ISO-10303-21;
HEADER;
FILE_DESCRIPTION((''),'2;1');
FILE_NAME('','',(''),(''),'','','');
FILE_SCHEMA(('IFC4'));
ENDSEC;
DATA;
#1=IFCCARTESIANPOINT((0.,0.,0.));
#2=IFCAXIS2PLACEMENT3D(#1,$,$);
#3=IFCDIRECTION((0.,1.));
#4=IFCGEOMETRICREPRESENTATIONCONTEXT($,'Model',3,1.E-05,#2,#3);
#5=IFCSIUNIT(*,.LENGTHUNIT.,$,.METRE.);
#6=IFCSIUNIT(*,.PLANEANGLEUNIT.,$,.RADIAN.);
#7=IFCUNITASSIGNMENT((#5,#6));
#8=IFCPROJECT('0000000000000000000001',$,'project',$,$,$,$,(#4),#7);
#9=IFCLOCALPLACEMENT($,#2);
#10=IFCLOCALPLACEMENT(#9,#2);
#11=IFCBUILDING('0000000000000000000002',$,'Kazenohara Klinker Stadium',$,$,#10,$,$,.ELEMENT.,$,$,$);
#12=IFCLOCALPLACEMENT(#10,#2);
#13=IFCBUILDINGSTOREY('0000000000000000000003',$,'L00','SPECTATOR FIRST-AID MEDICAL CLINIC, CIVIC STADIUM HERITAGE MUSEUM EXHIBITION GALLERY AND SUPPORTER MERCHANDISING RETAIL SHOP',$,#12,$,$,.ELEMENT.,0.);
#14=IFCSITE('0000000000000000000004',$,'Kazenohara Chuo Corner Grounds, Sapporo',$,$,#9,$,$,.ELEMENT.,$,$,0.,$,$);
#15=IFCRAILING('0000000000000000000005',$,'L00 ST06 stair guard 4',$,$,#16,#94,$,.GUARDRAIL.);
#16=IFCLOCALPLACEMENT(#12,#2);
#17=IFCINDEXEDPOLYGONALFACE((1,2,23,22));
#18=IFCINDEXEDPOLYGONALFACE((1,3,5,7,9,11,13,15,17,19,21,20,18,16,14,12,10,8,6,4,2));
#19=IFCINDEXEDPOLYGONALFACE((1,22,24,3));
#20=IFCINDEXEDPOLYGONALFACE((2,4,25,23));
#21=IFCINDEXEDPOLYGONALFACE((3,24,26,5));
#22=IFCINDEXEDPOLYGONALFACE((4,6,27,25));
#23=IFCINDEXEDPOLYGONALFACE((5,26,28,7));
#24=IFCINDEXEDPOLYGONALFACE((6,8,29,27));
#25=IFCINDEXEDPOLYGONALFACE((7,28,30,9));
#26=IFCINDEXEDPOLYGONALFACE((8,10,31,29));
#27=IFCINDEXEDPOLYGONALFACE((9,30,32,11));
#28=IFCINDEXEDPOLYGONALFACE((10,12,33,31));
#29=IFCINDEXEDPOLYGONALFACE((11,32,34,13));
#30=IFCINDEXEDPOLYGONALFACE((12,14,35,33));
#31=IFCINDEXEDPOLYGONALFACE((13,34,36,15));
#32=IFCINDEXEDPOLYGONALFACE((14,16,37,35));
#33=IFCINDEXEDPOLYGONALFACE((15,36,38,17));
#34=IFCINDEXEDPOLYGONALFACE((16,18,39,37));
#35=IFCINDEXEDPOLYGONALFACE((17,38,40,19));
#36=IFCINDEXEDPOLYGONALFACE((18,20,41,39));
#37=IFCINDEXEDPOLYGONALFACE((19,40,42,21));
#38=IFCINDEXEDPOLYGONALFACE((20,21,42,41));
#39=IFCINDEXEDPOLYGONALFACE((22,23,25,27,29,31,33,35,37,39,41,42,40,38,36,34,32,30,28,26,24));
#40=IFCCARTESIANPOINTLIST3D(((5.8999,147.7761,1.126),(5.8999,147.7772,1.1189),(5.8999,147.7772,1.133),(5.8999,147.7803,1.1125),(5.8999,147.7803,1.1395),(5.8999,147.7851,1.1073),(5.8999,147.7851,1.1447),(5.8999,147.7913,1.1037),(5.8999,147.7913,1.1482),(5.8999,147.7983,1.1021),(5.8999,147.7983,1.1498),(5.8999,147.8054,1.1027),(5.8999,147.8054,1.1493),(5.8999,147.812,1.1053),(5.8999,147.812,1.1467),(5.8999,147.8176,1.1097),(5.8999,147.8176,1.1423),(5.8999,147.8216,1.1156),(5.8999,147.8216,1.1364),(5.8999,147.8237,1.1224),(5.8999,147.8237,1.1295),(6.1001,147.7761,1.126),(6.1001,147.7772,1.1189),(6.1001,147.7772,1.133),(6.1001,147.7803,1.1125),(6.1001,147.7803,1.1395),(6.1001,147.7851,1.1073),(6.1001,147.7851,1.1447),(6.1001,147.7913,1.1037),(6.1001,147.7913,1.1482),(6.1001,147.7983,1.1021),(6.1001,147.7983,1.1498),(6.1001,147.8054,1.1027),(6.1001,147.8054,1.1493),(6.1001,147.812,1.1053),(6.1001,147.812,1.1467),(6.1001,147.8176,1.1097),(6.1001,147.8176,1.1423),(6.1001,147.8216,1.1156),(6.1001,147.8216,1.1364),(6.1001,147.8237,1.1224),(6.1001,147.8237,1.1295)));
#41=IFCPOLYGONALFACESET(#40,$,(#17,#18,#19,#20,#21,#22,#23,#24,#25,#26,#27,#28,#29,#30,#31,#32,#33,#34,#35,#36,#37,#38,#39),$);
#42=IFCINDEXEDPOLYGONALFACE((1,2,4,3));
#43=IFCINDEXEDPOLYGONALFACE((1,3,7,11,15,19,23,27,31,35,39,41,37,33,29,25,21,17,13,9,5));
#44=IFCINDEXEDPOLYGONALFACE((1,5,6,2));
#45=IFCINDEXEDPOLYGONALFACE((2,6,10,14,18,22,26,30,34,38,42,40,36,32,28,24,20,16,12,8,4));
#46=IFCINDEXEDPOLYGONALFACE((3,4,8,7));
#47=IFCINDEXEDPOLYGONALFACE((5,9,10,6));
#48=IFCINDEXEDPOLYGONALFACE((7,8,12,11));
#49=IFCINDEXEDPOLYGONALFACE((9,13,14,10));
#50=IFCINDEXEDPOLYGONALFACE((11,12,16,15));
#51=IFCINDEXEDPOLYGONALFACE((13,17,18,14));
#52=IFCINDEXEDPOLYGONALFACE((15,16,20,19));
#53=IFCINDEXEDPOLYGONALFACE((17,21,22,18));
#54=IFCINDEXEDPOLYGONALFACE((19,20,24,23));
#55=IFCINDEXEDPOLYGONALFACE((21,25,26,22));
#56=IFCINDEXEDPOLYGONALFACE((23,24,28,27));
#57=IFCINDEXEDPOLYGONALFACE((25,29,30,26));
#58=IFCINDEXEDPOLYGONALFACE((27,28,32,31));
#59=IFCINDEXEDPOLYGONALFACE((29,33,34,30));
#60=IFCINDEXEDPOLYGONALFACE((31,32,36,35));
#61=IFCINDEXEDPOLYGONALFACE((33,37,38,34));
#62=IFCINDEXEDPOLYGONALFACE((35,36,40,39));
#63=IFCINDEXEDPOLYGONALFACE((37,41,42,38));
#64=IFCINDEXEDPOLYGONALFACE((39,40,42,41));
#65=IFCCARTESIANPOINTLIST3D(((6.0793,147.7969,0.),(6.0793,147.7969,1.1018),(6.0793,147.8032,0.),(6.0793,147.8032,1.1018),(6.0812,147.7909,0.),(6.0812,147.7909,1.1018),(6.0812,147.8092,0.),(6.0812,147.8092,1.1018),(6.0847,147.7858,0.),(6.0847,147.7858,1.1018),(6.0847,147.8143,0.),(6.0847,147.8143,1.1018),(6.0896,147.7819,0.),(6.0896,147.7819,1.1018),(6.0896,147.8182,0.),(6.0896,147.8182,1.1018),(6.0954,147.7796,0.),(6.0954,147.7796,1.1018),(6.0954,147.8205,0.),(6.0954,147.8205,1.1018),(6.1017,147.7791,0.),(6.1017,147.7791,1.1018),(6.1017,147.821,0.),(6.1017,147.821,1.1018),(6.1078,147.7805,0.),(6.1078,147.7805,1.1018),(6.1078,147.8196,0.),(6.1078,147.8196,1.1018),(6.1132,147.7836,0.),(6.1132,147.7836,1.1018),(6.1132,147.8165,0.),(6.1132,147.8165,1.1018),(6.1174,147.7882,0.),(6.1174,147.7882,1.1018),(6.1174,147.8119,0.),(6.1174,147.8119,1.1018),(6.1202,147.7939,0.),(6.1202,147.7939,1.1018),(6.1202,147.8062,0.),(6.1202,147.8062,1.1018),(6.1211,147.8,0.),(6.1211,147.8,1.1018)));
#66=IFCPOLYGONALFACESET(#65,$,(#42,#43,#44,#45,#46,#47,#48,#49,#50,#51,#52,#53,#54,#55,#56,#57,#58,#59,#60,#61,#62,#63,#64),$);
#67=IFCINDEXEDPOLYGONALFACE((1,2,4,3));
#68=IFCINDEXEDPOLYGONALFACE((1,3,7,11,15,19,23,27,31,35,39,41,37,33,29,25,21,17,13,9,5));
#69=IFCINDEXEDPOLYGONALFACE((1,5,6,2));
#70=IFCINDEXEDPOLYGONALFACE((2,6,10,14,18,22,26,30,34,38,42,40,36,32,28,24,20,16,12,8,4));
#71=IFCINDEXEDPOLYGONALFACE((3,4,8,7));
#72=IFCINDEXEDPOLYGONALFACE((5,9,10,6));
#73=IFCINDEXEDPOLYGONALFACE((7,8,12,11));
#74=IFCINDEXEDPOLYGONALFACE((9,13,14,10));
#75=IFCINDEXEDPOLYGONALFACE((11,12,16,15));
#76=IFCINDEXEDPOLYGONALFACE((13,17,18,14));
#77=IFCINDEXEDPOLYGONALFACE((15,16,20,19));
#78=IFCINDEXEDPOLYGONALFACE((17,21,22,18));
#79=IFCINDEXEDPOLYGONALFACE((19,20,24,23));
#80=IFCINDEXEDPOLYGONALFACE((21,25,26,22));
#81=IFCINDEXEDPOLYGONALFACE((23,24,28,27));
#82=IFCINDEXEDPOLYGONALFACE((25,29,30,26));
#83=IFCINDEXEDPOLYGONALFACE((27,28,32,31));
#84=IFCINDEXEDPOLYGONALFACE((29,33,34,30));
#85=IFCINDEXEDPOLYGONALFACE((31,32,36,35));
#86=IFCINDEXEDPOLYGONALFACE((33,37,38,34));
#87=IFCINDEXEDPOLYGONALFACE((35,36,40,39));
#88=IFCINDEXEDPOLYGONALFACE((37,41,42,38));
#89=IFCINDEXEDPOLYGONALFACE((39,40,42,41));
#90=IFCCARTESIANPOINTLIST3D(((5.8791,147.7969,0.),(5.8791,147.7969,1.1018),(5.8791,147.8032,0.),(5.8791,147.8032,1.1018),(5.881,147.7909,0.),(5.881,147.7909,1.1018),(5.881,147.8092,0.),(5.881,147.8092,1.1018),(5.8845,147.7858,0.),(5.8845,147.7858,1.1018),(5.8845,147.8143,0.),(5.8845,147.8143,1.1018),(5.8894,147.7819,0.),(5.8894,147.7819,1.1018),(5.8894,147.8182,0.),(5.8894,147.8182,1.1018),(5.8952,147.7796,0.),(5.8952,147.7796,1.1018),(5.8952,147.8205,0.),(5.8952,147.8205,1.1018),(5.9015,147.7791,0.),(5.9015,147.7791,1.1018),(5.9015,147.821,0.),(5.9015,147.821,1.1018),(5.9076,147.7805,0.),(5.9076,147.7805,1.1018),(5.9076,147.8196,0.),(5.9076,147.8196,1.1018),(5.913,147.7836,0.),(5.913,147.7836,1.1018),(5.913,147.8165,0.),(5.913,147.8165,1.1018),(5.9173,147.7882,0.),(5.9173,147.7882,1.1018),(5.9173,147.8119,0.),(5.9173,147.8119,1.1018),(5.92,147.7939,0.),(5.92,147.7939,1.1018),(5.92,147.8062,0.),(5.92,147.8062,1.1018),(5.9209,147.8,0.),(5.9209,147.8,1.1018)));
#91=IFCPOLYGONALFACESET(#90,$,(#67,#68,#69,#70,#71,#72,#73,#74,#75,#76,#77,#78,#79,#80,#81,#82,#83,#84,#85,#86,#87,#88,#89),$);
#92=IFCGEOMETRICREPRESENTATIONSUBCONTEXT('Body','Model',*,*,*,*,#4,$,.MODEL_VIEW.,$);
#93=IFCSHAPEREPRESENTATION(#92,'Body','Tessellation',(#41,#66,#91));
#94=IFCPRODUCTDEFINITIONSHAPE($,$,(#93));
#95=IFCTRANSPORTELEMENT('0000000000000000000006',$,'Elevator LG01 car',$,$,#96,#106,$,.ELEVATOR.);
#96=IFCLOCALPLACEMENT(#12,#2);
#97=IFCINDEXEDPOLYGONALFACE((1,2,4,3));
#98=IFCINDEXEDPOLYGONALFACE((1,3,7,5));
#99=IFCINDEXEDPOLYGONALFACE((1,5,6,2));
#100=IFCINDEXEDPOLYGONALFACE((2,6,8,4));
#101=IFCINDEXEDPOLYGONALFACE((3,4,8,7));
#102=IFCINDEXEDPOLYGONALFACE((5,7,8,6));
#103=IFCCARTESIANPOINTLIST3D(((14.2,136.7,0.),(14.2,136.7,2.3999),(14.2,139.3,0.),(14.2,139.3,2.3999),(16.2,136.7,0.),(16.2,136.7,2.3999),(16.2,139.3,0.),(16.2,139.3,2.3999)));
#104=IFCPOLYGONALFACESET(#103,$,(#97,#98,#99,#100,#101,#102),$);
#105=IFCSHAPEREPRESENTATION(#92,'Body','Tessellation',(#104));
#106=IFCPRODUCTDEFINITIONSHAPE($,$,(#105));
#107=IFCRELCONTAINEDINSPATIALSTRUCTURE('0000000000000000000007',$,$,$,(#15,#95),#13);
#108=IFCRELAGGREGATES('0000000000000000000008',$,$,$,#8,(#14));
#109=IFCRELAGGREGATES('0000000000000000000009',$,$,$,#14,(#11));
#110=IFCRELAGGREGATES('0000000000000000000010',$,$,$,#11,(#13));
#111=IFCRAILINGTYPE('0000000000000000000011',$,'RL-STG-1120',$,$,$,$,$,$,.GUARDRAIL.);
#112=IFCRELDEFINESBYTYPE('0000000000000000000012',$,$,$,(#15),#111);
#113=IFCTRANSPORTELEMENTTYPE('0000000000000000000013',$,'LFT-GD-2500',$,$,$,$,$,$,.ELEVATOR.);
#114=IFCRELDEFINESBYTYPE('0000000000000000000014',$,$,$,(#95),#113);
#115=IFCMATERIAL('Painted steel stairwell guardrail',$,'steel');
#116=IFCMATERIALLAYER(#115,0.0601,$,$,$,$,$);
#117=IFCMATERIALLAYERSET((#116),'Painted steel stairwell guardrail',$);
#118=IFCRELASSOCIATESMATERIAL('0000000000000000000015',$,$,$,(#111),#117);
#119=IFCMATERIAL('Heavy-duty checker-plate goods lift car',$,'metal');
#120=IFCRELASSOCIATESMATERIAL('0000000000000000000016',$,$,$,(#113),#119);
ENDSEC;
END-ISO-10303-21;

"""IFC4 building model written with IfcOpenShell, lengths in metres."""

from ifc_helpers import new_model, si_unit, direction, frame, origin, origin_2d, place, context, subcontext, project, spatial, rectangle, circle, extrude, material, layer, layer_set, type_object, element, save


model = new_model("IFC4")

# Units and contexts
model_context = context("Model", 3, precision=1e-05, world=origin(), true_north=direction((0.0, 1.0)))
body_context = subcontext(model_context, "Body", "Model", "MODEL_VIEW")
ifc_project = project(units=[si_unit("LENGTHUNIT", "METRE"), si_unit("PLANEANGLEUNIT", "RADIAN")], contexts=[model_context])

# Site, building, storey
site_placement = place(None, origin())
site = spatial("IfcSite", under=ifc_project, at=site_placement, Name="Kazenohara Chuo Corner Grounds, Sapporo", CompositionType="ELEMENT", RefElevation=0.0)
building_placement = place(site_placement, origin())
building = spatial("IfcBuilding", under=site, at=building_placement, Name="Kazenohara Klinker Stadium", CompositionType="ELEMENT")
storey_placement = place(building_placement, origin())
storey = spatial("IfcBuildingStorey", under=building, at=storey_placement, Name="L00", Description="SPECTATOR FIRST-AID MEDICAL CLINIC, CIVIC STADIUM HERITAGE MUSEUM EXHIBITION GALLERY AND SUPPORTER MERCHANDISING RETAIL SHOP", CompositionType="ELEMENT", Elevation=0.0)

# Railing
ifc_material_1 = material(Name="Painted steel stairwell guardrail", Category="steel")
ifc_layer_1 = layer(ifc_material_1, 0.0601)
ifc_layer_set_1 = layer_set([ifc_layer_1], Name="Painted steel stairwell guardrail")
railing_type_1 = type_object("IfcRailingType", Name="RL-STG-1120", PredefinedType="GUARDRAIL", material=ifc_layer_set_1)
railing_1_placement = place(storey_placement, frame((6.1001, 147.8, 0.0)))
element("IfcRailing", 1, at=railing_1_placement, inside=storey, type_object=railing_type_1, Name="L00 ST06 stair guard 4", PredefinedType="GUARDRAIL", context=body_context, shape_type="SweptSolid", body=[
    extrude(circle(Radius=0.0239, at=origin_2d()), frame((0.0, 0.0, 1.126), z_axis=(-1.0, 0.0, 0.0), x_axis=(0.0, -1.0, 0.0)), (0.0, 0.0, 1.0), 0.2002),
    extrude(circle(Radius=0.021, at=origin_2d()), origin(), (0.0, 0.0, 1.0), 1.1018),
    extrude(circle(Radius=0.021, at=origin_2d()), frame((-0.2002, 0.0, 0.0)), (0.0, 0.0, 1.0), 1.1018),
])

# Transport element
ifc_material_2 = material(Name="Heavy-duty checker-plate goods lift car", Category="metal")
transport_element_type = type_object("IfcTransportElementType", Name="LFT-GD-2500", PredefinedType="ELEVATOR", material=ifc_material_2)
transport_element_placement = place(storey_placement, frame((15.2, 138.0, 0.0), z_axis=(0.0, 0.0, 1.0), x_axis=(1.0, 0.0, 0.0)))
element("IfcTransportElement", 2, at=transport_element_placement, inside=storey, type_object=transport_element_type, Name="Elevator LG01 car", PredefinedType="ELEVATOR", context=body_context, shape_type="SweptSolid", body=[
    extrude(rectangle(XDim=2.0, YDim=2.6001, at=origin_2d()), origin(), (0.0, 0.0, 1.0), 2.3999),
])

save(model, "model.ifc")
